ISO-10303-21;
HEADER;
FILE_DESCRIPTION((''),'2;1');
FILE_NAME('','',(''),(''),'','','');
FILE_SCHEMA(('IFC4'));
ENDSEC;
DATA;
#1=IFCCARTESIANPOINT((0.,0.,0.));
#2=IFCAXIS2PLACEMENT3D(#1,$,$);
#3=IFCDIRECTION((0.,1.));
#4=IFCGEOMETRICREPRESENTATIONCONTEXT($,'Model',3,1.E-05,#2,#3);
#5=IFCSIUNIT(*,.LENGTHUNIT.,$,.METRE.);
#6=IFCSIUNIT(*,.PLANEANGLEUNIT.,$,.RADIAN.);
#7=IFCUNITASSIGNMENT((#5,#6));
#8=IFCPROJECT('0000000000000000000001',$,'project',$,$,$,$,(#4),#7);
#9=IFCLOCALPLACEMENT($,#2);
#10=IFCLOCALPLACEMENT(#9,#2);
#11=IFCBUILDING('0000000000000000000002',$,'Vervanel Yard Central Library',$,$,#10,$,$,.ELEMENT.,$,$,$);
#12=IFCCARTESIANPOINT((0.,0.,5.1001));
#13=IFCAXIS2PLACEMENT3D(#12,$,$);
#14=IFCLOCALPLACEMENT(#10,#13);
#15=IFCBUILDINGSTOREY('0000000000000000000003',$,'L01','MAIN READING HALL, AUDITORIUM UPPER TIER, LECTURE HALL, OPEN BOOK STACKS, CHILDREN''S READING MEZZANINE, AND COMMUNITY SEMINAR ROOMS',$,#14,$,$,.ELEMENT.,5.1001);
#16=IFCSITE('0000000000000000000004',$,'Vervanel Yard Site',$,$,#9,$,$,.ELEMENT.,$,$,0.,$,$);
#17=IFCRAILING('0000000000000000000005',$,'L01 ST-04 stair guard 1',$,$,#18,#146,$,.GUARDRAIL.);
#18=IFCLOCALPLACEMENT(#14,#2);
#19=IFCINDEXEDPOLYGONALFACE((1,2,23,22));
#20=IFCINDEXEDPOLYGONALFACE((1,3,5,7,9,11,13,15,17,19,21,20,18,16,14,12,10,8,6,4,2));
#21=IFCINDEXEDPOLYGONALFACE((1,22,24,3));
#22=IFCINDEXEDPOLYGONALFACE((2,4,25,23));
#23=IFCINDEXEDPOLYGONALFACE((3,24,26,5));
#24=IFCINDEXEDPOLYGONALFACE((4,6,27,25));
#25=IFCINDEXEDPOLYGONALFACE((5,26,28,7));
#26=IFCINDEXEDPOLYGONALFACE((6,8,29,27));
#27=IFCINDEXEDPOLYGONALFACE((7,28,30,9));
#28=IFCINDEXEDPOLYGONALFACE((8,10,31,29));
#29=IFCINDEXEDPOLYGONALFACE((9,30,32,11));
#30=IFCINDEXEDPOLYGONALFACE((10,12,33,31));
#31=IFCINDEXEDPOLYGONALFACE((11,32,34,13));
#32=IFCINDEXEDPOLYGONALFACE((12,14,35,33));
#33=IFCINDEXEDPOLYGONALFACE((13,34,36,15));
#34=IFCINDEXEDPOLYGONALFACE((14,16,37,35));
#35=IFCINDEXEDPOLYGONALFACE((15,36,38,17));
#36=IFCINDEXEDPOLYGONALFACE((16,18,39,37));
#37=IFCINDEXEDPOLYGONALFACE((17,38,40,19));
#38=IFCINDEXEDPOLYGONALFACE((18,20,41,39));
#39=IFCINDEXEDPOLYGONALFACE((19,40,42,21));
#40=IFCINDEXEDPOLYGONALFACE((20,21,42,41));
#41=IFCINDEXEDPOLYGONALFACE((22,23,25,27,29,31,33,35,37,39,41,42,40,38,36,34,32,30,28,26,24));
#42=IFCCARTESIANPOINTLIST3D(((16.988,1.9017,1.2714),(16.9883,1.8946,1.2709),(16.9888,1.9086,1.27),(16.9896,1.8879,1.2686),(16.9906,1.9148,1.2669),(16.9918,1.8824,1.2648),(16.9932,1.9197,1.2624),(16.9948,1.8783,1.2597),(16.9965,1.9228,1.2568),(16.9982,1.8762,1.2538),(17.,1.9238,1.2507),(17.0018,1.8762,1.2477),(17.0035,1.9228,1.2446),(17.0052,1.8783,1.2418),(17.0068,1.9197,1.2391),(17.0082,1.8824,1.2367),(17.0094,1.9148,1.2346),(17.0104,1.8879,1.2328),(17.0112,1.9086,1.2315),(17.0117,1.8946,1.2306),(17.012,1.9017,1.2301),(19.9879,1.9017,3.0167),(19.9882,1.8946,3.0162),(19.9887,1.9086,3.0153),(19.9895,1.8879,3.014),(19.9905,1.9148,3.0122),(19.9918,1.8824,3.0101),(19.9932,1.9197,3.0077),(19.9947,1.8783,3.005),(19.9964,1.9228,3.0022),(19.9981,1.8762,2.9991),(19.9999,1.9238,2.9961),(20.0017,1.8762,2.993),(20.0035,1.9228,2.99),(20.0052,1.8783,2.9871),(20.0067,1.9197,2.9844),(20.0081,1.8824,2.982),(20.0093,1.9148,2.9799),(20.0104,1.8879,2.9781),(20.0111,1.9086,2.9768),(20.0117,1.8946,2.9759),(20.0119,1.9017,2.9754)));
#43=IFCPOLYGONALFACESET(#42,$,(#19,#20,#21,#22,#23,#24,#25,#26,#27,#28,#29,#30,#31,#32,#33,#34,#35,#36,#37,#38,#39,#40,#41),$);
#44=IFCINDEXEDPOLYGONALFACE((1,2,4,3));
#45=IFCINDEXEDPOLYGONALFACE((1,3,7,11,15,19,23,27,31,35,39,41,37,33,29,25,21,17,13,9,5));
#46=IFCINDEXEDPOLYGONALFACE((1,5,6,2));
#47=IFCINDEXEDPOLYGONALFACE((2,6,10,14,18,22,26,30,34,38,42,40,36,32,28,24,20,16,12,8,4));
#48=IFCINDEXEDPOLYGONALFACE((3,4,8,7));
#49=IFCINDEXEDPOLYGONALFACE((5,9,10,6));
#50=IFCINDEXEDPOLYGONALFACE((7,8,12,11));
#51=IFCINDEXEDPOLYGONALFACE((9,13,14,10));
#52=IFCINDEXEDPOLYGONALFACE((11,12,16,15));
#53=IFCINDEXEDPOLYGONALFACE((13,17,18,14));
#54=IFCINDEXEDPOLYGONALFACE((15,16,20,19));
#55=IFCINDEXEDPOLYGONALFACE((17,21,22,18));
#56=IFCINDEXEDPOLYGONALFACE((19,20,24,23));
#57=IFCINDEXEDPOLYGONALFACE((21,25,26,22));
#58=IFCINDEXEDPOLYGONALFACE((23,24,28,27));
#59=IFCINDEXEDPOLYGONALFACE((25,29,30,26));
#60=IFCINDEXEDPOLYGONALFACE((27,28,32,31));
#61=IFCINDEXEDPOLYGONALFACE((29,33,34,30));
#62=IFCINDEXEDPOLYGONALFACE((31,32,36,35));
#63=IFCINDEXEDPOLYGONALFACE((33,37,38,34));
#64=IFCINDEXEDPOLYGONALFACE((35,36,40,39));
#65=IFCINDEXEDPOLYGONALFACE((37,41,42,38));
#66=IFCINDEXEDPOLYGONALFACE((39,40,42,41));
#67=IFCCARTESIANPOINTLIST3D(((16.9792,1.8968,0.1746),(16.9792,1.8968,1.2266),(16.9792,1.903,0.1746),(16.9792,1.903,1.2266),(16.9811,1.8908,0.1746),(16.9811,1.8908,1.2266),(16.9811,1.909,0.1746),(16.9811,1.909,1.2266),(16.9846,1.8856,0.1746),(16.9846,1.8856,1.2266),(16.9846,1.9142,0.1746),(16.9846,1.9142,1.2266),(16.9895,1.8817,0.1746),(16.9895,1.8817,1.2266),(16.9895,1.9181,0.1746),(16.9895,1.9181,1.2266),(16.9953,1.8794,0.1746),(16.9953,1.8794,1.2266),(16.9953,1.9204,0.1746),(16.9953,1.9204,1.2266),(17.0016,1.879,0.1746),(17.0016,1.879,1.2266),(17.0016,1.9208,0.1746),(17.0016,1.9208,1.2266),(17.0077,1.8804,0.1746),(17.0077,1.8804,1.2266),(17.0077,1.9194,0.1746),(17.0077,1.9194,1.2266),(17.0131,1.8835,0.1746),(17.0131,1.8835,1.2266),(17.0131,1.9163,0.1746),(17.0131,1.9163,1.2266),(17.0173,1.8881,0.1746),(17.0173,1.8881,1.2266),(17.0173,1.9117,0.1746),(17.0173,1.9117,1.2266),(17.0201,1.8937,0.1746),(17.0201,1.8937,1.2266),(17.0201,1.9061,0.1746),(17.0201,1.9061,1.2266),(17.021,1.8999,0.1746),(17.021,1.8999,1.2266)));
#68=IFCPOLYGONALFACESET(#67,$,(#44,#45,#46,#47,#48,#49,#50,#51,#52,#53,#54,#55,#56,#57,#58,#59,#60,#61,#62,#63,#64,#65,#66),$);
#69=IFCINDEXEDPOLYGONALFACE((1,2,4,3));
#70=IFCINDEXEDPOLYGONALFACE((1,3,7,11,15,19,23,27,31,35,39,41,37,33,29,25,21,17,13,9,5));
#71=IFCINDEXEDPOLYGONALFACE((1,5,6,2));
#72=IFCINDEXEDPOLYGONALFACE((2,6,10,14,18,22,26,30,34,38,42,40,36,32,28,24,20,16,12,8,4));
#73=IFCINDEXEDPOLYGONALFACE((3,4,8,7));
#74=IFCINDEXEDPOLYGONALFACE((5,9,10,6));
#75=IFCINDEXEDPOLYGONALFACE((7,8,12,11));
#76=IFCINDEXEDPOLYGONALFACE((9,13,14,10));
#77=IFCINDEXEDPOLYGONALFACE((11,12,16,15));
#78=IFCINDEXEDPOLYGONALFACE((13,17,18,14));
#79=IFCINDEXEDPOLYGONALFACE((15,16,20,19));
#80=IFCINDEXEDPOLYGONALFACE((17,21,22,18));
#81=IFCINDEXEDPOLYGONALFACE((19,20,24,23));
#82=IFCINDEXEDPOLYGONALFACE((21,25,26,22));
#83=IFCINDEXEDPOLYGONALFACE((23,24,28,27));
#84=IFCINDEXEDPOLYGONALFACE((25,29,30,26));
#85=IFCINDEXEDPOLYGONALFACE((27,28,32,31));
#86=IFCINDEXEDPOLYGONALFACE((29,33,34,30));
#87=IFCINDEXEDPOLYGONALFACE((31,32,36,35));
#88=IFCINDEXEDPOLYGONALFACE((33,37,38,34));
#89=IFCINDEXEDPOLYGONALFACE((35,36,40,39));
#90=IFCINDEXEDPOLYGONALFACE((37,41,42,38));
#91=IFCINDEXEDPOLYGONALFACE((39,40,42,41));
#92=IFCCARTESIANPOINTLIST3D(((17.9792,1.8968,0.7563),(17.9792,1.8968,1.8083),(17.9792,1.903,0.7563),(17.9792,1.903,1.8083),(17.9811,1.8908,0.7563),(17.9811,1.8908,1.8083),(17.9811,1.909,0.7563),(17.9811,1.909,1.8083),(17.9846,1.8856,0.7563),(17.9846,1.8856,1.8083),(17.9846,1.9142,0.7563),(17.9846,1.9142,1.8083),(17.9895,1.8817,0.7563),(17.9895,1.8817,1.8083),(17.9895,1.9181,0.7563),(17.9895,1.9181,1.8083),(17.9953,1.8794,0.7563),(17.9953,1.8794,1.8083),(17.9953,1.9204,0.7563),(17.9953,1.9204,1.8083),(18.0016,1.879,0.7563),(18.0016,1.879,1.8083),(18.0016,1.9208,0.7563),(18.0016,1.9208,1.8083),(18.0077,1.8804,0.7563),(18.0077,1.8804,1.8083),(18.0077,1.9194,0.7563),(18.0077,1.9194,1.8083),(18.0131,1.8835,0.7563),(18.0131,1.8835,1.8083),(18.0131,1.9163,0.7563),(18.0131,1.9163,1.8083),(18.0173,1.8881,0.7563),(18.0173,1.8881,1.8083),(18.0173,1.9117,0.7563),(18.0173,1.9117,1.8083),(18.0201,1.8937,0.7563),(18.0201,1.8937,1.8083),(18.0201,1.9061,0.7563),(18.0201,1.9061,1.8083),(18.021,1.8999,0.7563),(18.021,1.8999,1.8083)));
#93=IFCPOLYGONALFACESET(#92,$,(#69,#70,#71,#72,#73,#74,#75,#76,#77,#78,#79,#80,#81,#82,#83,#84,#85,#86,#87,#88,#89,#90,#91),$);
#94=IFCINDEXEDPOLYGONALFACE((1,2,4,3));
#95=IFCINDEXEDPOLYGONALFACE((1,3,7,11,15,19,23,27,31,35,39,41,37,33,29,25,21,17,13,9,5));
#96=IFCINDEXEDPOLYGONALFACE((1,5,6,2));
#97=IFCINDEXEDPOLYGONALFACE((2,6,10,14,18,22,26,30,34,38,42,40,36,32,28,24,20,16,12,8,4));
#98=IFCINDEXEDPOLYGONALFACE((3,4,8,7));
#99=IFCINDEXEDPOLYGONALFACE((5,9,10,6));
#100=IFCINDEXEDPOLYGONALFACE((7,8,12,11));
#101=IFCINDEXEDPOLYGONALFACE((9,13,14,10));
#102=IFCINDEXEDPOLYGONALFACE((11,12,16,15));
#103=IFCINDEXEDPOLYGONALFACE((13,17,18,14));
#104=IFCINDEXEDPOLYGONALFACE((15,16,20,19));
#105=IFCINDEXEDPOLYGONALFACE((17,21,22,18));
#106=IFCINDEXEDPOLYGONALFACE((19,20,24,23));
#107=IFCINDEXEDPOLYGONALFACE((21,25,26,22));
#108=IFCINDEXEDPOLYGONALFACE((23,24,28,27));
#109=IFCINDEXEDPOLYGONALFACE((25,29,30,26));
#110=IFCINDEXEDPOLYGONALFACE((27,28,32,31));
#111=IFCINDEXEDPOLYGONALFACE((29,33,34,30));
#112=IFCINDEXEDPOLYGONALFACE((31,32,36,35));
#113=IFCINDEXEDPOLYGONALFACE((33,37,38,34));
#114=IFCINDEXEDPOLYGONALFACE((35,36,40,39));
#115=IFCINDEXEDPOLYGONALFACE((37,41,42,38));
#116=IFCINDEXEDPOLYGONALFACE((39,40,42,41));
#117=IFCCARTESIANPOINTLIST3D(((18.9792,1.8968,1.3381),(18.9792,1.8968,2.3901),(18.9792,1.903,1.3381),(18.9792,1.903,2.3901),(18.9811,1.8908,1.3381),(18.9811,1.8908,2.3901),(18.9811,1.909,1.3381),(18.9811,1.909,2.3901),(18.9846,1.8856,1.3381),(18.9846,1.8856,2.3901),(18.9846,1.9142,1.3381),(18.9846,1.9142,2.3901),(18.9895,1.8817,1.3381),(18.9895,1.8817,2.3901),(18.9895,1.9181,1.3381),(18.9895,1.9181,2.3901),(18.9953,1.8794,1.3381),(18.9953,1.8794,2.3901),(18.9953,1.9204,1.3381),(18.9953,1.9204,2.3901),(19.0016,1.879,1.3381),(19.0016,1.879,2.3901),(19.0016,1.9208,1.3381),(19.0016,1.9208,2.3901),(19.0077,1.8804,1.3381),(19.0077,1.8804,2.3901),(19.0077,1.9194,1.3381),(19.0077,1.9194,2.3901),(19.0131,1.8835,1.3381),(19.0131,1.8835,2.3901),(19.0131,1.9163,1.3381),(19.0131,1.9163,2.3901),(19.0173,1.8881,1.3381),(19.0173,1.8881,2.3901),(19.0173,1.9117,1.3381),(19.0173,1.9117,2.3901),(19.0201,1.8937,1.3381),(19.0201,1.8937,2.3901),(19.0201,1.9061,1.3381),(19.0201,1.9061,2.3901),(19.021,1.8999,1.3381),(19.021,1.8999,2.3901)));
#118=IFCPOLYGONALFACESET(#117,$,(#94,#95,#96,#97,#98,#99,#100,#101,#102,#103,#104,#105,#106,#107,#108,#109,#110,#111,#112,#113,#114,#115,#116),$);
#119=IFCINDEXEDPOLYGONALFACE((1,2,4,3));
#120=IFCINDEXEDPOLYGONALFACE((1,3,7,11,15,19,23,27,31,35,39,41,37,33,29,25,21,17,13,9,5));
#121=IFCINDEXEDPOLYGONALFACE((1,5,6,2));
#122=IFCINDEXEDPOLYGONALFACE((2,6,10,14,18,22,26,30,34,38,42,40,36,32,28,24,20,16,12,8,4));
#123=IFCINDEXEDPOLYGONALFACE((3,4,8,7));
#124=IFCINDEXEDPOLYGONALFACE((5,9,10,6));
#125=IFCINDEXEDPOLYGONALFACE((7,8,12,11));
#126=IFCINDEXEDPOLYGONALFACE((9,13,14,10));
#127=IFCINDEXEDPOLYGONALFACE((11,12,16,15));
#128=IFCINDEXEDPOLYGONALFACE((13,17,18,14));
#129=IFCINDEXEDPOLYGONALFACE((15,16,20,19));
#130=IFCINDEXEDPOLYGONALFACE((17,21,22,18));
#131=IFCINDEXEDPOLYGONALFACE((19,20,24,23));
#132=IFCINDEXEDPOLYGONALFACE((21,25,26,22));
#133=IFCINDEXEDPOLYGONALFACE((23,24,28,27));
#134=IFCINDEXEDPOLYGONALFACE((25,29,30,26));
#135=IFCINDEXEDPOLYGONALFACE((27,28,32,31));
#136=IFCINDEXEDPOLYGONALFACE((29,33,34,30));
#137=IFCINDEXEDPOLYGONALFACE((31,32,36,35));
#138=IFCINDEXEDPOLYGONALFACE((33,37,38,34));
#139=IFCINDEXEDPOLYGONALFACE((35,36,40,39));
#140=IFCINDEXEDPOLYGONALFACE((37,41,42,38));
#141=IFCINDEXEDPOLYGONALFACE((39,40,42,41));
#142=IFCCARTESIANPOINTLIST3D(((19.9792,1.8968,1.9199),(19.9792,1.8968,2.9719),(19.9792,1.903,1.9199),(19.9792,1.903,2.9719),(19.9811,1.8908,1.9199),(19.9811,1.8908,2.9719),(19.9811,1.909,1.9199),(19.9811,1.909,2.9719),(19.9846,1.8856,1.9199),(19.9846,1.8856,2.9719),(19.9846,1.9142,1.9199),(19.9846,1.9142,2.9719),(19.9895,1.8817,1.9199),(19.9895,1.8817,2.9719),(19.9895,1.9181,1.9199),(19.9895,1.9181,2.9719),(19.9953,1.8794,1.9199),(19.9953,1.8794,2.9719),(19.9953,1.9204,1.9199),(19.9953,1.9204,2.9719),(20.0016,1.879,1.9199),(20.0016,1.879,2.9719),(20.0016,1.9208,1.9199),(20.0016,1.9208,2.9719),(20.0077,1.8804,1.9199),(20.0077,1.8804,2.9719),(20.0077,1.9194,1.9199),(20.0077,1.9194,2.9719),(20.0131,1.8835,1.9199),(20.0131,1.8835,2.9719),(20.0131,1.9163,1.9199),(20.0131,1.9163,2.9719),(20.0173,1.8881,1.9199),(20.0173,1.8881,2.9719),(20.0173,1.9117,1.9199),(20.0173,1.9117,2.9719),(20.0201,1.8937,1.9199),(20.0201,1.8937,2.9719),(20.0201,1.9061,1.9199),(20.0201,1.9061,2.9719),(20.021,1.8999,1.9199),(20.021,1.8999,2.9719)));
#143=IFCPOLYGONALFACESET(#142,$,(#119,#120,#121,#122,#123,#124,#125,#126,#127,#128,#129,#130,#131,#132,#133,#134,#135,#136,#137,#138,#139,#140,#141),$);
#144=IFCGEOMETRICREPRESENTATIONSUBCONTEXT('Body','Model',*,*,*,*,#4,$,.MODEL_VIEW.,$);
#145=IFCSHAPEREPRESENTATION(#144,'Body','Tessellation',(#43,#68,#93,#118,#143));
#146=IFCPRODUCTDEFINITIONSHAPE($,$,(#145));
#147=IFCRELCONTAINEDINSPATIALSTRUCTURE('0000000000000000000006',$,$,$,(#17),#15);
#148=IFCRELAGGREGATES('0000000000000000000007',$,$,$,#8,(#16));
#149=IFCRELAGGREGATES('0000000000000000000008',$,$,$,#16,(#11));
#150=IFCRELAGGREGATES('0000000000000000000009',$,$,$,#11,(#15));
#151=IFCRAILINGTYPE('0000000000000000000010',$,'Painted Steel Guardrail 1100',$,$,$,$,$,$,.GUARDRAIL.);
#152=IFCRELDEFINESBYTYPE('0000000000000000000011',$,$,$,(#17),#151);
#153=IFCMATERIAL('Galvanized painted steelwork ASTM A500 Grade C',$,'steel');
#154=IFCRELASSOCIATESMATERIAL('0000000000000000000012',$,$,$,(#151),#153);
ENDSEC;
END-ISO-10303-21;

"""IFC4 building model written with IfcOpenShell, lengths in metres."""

from ifc_helpers import new_model, si_unit, direction, frame, origin, origin_2d, place, context, subcontext, project, spatial, circle, extrude, material, type_object, element, save


model = new_model("IFC4")

# Units and contexts
model_context = context("Model", 3, precision=1e-05, world=origin(), true_north=direction((0.0, 1.0)))
body_context = subcontext(model_context, "Body", "Model", "MODEL_VIEW")
ifc_project = project(units=[si_unit("LENGTHUNIT", "METRE"), si_unit("PLANEANGLEUNIT", "RADIAN")], contexts=[model_context])

# Site, building, storey
site_placement = place(None, origin())
site = spatial("IfcSite", under=ifc_project, at=site_placement, Name="Vervanel Yard Site", CompositionType="ELEMENT", RefElevation=0.0)
building_placement = place(site_placement, origin())
building = spatial("IfcBuilding", under=site, at=building_placement, Name="Vervanel Yard Central Library", CompositionType="ELEMENT")
storey_placement = place(building_placement, frame((0.0, 0.0, 5.1001)))
storey = spatial("IfcBuildingStorey", under=building, at=storey_placement, Name="L01", Description="MAIN READING HALL, AUDITORIUM UPPER TIER, LECTURE HALL, OPEN BOOK STACKS, CHILDREN'S READING MEZZANINE, AND COMMUNITY SEMINAR ROOMS", CompositionType="ELEMENT", Elevation=5.1001)

# Railing
ifc_material_1 = material(Name="Galvanized painted steelwork ASTM A500 Grade C", Category="steel")
railing_type_1 = type_object("IfcRailingType", Name="Painted Steel Guardrail 1100", PredefinedType="GUARDRAIL", material=ifc_material_1)
railing_1_placement = place(storey_placement, frame((17.0, 1.8999, 0.1746)))
element("IfcRailing", 1, at=railing_1_placement, inside=storey, type_object=railing_type_1, Name="L01 ST-04 stair guard 1", PredefinedType="GUARDRAIL", context=body_context, shape_type="SweptSolid", body=[
    extrude(circle(Radius=0.0239, at=origin_2d()), frame((0.0, 0.0, 1.0762), z_axis=(0.86436, 0.0, 0.502874), x_axis=(0.0, 1.0, 0.0)), (0.0, 0.0, 1.0), 3.4707),
    extrude(circle(Radius=0.021, at=origin_2d()), origin(), (0.0, 0.0, 1.0), 1.052),
    extrude(circle(Radius=0.021, at=origin_2d()), frame((1.0, 0.0, 0.5818)), (0.0, 0.0, 1.0), 1.052),
    extrude(circle(Radius=0.021, at=origin_2d()), frame((2.0, 0.0, 1.1636)), (0.0, 0.0, 1.0), 1.052),
    extrude(circle(Radius=0.021, at=origin_2d()), frame((3.0, 0.0, 1.7454)), (0.0, 0.0, 1.0), 1.052),
])

save(model, "model.ifc")
